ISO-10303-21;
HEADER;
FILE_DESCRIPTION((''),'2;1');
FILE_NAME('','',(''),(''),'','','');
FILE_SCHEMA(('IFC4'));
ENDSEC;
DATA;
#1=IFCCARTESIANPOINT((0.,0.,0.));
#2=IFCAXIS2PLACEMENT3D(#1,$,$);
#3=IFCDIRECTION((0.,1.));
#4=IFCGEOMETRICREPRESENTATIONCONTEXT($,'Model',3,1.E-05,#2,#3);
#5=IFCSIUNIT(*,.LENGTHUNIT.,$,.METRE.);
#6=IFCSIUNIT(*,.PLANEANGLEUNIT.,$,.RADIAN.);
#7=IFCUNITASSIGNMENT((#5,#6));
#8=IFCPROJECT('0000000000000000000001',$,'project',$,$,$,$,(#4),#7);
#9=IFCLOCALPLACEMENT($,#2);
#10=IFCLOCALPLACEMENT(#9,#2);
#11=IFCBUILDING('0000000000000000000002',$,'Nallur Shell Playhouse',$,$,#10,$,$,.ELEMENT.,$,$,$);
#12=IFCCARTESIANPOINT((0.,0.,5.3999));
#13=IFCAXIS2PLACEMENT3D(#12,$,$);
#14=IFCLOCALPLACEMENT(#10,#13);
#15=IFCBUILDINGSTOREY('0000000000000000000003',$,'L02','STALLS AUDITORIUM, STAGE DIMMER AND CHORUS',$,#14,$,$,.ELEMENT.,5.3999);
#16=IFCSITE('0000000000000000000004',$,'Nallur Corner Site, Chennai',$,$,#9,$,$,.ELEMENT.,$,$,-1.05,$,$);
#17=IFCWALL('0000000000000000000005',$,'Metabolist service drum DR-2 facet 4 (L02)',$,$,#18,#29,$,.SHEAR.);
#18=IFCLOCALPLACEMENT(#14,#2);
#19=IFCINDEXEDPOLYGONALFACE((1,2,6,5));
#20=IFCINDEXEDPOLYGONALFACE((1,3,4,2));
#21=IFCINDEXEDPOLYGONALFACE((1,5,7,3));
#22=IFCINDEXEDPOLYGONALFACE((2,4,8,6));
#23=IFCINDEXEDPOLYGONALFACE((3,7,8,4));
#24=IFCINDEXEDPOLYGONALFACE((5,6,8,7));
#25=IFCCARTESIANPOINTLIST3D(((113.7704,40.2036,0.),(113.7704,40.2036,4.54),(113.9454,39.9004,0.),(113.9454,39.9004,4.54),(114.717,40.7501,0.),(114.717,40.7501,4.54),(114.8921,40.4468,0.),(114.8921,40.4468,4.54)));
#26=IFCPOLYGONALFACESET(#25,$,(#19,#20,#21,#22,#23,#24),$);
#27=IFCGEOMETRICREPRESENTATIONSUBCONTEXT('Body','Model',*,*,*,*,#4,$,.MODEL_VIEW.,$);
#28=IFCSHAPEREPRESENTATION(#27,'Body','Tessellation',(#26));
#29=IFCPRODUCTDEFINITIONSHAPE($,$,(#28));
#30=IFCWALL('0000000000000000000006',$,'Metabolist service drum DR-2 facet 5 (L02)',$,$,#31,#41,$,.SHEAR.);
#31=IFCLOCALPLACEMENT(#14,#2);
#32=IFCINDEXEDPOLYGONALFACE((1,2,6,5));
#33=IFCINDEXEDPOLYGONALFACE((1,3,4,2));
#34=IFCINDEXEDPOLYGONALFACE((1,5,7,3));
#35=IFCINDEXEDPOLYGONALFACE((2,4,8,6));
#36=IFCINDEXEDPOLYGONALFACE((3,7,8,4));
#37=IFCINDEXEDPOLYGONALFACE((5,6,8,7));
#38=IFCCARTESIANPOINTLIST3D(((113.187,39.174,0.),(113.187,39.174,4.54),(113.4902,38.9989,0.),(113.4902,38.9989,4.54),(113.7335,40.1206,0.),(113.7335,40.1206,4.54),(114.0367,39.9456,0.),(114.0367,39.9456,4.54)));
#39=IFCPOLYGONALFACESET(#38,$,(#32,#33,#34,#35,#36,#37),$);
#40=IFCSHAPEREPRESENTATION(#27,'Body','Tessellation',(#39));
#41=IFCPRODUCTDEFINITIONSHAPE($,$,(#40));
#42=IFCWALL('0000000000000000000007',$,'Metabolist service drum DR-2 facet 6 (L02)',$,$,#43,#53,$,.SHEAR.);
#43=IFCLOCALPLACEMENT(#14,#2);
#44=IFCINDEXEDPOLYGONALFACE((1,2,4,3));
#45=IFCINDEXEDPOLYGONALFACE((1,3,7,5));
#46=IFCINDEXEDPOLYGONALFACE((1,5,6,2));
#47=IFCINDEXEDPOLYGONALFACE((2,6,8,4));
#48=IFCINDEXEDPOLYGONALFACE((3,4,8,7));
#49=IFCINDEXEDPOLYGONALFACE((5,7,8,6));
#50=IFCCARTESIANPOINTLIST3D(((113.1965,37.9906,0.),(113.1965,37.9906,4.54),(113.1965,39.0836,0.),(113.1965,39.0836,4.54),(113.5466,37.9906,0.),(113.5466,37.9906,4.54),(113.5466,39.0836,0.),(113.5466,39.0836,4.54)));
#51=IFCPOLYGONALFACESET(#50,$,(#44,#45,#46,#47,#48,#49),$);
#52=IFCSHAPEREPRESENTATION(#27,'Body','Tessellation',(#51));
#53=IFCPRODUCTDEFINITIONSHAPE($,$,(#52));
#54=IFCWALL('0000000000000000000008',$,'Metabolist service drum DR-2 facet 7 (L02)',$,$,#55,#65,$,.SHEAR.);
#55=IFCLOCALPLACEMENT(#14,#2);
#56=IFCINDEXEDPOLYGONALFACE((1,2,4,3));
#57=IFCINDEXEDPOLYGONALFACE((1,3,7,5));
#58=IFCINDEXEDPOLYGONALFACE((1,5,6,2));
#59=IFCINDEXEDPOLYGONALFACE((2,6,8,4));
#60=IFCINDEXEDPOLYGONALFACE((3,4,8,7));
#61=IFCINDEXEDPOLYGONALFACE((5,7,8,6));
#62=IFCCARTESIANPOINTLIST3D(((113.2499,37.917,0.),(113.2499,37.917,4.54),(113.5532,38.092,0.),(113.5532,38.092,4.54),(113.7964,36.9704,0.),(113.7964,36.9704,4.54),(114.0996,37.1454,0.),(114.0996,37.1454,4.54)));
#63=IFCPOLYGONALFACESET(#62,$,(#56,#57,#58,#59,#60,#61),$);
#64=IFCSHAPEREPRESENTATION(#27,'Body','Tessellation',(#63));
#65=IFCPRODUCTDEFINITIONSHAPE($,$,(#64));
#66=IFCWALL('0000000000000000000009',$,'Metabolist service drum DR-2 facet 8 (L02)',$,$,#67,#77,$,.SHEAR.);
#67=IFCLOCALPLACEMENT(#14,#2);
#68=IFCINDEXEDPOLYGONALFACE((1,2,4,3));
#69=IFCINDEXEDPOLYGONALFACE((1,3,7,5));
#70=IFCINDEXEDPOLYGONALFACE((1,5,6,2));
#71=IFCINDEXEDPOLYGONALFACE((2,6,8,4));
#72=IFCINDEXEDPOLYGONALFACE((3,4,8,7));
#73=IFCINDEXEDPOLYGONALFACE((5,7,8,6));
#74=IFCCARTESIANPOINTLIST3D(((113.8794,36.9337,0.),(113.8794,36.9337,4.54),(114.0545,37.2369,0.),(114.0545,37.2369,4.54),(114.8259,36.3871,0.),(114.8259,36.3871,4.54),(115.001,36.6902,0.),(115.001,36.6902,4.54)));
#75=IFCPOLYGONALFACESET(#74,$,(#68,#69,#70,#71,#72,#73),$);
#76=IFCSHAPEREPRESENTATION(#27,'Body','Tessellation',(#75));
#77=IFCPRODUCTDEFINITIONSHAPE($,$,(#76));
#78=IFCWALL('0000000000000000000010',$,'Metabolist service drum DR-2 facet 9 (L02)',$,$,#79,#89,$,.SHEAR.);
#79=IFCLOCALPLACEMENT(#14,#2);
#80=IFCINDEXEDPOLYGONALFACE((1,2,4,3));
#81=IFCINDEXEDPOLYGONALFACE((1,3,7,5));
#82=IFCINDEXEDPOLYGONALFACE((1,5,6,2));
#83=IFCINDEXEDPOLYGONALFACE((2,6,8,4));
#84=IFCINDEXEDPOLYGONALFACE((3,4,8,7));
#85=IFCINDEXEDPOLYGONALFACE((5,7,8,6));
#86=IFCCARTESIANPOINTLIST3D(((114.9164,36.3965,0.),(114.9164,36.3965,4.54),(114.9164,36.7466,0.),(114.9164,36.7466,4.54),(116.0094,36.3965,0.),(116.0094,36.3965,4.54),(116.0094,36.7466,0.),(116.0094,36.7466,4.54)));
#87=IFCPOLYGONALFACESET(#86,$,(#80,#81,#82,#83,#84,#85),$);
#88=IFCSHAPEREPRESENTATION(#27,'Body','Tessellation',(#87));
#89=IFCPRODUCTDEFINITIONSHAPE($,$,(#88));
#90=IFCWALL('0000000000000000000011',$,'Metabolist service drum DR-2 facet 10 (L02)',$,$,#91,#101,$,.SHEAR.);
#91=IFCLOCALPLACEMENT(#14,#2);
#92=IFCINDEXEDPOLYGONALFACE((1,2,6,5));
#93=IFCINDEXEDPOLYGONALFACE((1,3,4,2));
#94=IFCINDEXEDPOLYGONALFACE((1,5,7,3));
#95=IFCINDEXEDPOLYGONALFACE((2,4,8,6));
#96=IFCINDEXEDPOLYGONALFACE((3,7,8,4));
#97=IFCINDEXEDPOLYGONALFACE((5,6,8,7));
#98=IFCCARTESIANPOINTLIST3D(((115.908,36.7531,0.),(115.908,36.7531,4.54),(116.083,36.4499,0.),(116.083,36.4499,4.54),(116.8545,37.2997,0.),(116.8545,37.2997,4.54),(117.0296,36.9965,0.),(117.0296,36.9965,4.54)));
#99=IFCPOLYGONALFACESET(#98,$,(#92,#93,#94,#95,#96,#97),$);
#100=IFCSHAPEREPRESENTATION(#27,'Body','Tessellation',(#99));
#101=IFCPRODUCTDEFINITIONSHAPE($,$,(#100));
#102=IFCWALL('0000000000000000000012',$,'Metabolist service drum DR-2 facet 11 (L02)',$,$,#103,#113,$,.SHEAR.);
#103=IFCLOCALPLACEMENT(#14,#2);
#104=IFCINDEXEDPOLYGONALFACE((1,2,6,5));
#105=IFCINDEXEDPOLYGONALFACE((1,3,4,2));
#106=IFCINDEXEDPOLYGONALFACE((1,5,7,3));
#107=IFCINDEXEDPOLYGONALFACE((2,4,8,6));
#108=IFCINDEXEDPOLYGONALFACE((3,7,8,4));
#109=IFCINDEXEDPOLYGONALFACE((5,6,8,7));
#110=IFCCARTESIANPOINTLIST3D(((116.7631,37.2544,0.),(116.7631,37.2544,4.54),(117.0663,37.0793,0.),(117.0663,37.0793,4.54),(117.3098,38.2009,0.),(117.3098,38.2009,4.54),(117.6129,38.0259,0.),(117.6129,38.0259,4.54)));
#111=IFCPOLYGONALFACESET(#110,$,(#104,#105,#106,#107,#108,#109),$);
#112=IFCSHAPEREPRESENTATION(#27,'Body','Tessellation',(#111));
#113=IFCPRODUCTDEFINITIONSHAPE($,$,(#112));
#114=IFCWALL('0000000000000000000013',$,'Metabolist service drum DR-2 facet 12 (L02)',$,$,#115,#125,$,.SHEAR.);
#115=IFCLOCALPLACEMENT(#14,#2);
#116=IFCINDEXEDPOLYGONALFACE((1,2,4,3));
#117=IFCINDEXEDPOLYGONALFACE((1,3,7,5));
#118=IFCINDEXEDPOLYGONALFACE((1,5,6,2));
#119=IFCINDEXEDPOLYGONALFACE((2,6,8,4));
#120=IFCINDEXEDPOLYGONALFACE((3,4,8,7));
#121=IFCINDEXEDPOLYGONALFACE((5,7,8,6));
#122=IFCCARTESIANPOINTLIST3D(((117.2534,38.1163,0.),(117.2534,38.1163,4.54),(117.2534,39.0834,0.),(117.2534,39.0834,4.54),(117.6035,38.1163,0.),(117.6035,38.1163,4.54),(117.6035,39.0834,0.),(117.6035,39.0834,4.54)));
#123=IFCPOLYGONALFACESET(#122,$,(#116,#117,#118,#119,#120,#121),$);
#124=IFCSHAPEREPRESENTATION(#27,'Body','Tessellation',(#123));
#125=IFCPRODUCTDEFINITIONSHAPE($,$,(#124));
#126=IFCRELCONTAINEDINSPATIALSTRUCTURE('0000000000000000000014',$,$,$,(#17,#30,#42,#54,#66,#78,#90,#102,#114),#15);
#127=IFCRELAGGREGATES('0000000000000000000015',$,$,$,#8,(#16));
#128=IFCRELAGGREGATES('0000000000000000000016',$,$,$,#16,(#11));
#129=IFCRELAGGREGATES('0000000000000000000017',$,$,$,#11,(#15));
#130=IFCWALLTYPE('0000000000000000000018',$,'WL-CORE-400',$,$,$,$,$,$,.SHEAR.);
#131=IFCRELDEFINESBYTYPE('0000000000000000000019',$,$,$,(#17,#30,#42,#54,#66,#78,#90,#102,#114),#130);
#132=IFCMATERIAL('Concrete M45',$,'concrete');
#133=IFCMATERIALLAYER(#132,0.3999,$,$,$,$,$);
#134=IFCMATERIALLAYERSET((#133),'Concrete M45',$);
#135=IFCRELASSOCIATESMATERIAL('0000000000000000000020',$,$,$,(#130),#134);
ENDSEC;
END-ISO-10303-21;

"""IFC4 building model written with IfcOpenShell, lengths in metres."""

from ifc_helpers import new_model, si_unit, direction, frame, frame_2d, origin, place, context, subcontext, project, spatial, rectangle, extrude, material, layer, layer_set, type_object, element, save


model = new_model("IFC4")

# Units and contexts
model_context = context("Model", 3, precision=1e-05, world=origin(), true_north=direction((0.0, 1.0)))
body_context = subcontext(model_context, "Body", "Model", "MODEL_VIEW")
ifc_project = project(units=[si_unit("LENGTHUNIT", "METRE"), si_unit("PLANEANGLEUNIT", "RADIAN")], contexts=[model_context])

# Site, building, storey
site_placement = place(None, origin())
site = spatial("IfcSite", under=ifc_project, at=site_placement, Name="Nallur Corner Site, Chennai", CompositionType="ELEMENT", RefElevation=-1.05)
building_placement = place(site_placement, origin())
building = spatial("IfcBuilding", under=site, at=building_placement, Name="Nallur Shell Playhouse", CompositionType="ELEMENT")
storey_placement = place(building_placement, frame((0.0, 0.0, 5.3999)))
storey = spatial("IfcBuildingStorey", under=building, at=storey_placement, Name="L02", Description="STALLS AUDITORIUM, STAGE DIMMER AND CHORUS", CompositionType="ELEMENT", Elevation=5.3999)

# Shared definitions
ifc_material_1 = material(Name="Concrete M45", Category="concrete")

# Walls
ifc_layer_1 = layer(ifc_material_1, 0.3999)
ifc_layer_set_1 = layer_set([ifc_layer_1], Name="Concrete M45")
wall_type = type_object("IfcWallType", Name="WL-CORE-400", PredefinedType="SHEAR", material=ifc_layer_set_1)
for number, where, z_axis, x_axis, name in (
    (1, (114.8044, 40.5984, 0.0), (0.0, 0.0, 1.0), (-0.866063, -0.499935, 0.0), "Metabolist service drum DR-2 facet 4 (L02)"),
    (2, (113.885, 40.033, 0.0), (0.0, 0.0, 1.0), (-0.499935, -0.866063, 0.0), "Metabolist service drum DR-2 facet 5 (L02)"),
    (3, (113.3716, 39.0835, 0.0), (0.0, 0.0, 1.0), (0.0, -1.0, 0.0), "Metabolist service drum DR-2 facet 6 (L02)"),
    (4, (113.4016, 38.0044, 0.0), (0.0, 0.0, 1.0), (0.499935, -0.866063, 0.0), "Metabolist service drum DR-2 facet 7 (L02)"),
    (5, (113.967, 37.0852, 0.0), (0.0, 0.0, 1.0), (0.865966, -0.500103, 0.0), "Metabolist service drum DR-2 facet 8 (L02)"),
    (6, (114.9165, 36.5715, 0.0), (0.0, 0.0, 1.0), (1.0, 0.0, 0.0), "Metabolist service drum DR-2 facet 9 (L02)"),
    (7, (115.9956, 36.6016, 0.0), (0.0, 0.0, 1.0), (0.865966, 0.500103, 0.0), "Metabolist service drum DR-2 facet 10 (L02)"),
    (8, (116.9148, 37.167, 0.0), (0.0, 0.0, 1.0), (0.500103, 0.865966, 0.0), "Metabolist service drum DR-2 facet 11 (L02)"),
):
    element("IfcWall", number, at=place(storey_placement, frame(where, z_axis=z_axis, x_axis=x_axis)), inside=storey, type_object=wall_type, Name=name, PredefinedType="SHEAR", context=body_context, shape_type="SweptSolid", body=[
        extrude(rectangle(XDim=1.093, YDim=0.3501, at=frame_2d((0.5464, 0.0))), origin(), (0.0, 0.0, 1.0), 4.54),
    ])
wall_placement = place(storey_placement, frame((117.4285, 38.1165, 0.0), z_axis=(0.0, 0.0, 1.0), x_axis=(0.0, 1.0, 0.0)))
element("IfcWall", 9, at=wall_placement, inside=storey, type_object=wall_type, Name="Metabolist service drum DR-2 facet 12 (L02)", PredefinedType="SHEAR", context=body_context, shape_type="SweptSolid", body=[
    extrude(rectangle(XDim=0.967, YDim=0.3501, at=frame_2d((0.4834, 0.0))), origin(), (0.0, 0.0, 1.0), 4.54),
])

save(model, "model.ifc")
